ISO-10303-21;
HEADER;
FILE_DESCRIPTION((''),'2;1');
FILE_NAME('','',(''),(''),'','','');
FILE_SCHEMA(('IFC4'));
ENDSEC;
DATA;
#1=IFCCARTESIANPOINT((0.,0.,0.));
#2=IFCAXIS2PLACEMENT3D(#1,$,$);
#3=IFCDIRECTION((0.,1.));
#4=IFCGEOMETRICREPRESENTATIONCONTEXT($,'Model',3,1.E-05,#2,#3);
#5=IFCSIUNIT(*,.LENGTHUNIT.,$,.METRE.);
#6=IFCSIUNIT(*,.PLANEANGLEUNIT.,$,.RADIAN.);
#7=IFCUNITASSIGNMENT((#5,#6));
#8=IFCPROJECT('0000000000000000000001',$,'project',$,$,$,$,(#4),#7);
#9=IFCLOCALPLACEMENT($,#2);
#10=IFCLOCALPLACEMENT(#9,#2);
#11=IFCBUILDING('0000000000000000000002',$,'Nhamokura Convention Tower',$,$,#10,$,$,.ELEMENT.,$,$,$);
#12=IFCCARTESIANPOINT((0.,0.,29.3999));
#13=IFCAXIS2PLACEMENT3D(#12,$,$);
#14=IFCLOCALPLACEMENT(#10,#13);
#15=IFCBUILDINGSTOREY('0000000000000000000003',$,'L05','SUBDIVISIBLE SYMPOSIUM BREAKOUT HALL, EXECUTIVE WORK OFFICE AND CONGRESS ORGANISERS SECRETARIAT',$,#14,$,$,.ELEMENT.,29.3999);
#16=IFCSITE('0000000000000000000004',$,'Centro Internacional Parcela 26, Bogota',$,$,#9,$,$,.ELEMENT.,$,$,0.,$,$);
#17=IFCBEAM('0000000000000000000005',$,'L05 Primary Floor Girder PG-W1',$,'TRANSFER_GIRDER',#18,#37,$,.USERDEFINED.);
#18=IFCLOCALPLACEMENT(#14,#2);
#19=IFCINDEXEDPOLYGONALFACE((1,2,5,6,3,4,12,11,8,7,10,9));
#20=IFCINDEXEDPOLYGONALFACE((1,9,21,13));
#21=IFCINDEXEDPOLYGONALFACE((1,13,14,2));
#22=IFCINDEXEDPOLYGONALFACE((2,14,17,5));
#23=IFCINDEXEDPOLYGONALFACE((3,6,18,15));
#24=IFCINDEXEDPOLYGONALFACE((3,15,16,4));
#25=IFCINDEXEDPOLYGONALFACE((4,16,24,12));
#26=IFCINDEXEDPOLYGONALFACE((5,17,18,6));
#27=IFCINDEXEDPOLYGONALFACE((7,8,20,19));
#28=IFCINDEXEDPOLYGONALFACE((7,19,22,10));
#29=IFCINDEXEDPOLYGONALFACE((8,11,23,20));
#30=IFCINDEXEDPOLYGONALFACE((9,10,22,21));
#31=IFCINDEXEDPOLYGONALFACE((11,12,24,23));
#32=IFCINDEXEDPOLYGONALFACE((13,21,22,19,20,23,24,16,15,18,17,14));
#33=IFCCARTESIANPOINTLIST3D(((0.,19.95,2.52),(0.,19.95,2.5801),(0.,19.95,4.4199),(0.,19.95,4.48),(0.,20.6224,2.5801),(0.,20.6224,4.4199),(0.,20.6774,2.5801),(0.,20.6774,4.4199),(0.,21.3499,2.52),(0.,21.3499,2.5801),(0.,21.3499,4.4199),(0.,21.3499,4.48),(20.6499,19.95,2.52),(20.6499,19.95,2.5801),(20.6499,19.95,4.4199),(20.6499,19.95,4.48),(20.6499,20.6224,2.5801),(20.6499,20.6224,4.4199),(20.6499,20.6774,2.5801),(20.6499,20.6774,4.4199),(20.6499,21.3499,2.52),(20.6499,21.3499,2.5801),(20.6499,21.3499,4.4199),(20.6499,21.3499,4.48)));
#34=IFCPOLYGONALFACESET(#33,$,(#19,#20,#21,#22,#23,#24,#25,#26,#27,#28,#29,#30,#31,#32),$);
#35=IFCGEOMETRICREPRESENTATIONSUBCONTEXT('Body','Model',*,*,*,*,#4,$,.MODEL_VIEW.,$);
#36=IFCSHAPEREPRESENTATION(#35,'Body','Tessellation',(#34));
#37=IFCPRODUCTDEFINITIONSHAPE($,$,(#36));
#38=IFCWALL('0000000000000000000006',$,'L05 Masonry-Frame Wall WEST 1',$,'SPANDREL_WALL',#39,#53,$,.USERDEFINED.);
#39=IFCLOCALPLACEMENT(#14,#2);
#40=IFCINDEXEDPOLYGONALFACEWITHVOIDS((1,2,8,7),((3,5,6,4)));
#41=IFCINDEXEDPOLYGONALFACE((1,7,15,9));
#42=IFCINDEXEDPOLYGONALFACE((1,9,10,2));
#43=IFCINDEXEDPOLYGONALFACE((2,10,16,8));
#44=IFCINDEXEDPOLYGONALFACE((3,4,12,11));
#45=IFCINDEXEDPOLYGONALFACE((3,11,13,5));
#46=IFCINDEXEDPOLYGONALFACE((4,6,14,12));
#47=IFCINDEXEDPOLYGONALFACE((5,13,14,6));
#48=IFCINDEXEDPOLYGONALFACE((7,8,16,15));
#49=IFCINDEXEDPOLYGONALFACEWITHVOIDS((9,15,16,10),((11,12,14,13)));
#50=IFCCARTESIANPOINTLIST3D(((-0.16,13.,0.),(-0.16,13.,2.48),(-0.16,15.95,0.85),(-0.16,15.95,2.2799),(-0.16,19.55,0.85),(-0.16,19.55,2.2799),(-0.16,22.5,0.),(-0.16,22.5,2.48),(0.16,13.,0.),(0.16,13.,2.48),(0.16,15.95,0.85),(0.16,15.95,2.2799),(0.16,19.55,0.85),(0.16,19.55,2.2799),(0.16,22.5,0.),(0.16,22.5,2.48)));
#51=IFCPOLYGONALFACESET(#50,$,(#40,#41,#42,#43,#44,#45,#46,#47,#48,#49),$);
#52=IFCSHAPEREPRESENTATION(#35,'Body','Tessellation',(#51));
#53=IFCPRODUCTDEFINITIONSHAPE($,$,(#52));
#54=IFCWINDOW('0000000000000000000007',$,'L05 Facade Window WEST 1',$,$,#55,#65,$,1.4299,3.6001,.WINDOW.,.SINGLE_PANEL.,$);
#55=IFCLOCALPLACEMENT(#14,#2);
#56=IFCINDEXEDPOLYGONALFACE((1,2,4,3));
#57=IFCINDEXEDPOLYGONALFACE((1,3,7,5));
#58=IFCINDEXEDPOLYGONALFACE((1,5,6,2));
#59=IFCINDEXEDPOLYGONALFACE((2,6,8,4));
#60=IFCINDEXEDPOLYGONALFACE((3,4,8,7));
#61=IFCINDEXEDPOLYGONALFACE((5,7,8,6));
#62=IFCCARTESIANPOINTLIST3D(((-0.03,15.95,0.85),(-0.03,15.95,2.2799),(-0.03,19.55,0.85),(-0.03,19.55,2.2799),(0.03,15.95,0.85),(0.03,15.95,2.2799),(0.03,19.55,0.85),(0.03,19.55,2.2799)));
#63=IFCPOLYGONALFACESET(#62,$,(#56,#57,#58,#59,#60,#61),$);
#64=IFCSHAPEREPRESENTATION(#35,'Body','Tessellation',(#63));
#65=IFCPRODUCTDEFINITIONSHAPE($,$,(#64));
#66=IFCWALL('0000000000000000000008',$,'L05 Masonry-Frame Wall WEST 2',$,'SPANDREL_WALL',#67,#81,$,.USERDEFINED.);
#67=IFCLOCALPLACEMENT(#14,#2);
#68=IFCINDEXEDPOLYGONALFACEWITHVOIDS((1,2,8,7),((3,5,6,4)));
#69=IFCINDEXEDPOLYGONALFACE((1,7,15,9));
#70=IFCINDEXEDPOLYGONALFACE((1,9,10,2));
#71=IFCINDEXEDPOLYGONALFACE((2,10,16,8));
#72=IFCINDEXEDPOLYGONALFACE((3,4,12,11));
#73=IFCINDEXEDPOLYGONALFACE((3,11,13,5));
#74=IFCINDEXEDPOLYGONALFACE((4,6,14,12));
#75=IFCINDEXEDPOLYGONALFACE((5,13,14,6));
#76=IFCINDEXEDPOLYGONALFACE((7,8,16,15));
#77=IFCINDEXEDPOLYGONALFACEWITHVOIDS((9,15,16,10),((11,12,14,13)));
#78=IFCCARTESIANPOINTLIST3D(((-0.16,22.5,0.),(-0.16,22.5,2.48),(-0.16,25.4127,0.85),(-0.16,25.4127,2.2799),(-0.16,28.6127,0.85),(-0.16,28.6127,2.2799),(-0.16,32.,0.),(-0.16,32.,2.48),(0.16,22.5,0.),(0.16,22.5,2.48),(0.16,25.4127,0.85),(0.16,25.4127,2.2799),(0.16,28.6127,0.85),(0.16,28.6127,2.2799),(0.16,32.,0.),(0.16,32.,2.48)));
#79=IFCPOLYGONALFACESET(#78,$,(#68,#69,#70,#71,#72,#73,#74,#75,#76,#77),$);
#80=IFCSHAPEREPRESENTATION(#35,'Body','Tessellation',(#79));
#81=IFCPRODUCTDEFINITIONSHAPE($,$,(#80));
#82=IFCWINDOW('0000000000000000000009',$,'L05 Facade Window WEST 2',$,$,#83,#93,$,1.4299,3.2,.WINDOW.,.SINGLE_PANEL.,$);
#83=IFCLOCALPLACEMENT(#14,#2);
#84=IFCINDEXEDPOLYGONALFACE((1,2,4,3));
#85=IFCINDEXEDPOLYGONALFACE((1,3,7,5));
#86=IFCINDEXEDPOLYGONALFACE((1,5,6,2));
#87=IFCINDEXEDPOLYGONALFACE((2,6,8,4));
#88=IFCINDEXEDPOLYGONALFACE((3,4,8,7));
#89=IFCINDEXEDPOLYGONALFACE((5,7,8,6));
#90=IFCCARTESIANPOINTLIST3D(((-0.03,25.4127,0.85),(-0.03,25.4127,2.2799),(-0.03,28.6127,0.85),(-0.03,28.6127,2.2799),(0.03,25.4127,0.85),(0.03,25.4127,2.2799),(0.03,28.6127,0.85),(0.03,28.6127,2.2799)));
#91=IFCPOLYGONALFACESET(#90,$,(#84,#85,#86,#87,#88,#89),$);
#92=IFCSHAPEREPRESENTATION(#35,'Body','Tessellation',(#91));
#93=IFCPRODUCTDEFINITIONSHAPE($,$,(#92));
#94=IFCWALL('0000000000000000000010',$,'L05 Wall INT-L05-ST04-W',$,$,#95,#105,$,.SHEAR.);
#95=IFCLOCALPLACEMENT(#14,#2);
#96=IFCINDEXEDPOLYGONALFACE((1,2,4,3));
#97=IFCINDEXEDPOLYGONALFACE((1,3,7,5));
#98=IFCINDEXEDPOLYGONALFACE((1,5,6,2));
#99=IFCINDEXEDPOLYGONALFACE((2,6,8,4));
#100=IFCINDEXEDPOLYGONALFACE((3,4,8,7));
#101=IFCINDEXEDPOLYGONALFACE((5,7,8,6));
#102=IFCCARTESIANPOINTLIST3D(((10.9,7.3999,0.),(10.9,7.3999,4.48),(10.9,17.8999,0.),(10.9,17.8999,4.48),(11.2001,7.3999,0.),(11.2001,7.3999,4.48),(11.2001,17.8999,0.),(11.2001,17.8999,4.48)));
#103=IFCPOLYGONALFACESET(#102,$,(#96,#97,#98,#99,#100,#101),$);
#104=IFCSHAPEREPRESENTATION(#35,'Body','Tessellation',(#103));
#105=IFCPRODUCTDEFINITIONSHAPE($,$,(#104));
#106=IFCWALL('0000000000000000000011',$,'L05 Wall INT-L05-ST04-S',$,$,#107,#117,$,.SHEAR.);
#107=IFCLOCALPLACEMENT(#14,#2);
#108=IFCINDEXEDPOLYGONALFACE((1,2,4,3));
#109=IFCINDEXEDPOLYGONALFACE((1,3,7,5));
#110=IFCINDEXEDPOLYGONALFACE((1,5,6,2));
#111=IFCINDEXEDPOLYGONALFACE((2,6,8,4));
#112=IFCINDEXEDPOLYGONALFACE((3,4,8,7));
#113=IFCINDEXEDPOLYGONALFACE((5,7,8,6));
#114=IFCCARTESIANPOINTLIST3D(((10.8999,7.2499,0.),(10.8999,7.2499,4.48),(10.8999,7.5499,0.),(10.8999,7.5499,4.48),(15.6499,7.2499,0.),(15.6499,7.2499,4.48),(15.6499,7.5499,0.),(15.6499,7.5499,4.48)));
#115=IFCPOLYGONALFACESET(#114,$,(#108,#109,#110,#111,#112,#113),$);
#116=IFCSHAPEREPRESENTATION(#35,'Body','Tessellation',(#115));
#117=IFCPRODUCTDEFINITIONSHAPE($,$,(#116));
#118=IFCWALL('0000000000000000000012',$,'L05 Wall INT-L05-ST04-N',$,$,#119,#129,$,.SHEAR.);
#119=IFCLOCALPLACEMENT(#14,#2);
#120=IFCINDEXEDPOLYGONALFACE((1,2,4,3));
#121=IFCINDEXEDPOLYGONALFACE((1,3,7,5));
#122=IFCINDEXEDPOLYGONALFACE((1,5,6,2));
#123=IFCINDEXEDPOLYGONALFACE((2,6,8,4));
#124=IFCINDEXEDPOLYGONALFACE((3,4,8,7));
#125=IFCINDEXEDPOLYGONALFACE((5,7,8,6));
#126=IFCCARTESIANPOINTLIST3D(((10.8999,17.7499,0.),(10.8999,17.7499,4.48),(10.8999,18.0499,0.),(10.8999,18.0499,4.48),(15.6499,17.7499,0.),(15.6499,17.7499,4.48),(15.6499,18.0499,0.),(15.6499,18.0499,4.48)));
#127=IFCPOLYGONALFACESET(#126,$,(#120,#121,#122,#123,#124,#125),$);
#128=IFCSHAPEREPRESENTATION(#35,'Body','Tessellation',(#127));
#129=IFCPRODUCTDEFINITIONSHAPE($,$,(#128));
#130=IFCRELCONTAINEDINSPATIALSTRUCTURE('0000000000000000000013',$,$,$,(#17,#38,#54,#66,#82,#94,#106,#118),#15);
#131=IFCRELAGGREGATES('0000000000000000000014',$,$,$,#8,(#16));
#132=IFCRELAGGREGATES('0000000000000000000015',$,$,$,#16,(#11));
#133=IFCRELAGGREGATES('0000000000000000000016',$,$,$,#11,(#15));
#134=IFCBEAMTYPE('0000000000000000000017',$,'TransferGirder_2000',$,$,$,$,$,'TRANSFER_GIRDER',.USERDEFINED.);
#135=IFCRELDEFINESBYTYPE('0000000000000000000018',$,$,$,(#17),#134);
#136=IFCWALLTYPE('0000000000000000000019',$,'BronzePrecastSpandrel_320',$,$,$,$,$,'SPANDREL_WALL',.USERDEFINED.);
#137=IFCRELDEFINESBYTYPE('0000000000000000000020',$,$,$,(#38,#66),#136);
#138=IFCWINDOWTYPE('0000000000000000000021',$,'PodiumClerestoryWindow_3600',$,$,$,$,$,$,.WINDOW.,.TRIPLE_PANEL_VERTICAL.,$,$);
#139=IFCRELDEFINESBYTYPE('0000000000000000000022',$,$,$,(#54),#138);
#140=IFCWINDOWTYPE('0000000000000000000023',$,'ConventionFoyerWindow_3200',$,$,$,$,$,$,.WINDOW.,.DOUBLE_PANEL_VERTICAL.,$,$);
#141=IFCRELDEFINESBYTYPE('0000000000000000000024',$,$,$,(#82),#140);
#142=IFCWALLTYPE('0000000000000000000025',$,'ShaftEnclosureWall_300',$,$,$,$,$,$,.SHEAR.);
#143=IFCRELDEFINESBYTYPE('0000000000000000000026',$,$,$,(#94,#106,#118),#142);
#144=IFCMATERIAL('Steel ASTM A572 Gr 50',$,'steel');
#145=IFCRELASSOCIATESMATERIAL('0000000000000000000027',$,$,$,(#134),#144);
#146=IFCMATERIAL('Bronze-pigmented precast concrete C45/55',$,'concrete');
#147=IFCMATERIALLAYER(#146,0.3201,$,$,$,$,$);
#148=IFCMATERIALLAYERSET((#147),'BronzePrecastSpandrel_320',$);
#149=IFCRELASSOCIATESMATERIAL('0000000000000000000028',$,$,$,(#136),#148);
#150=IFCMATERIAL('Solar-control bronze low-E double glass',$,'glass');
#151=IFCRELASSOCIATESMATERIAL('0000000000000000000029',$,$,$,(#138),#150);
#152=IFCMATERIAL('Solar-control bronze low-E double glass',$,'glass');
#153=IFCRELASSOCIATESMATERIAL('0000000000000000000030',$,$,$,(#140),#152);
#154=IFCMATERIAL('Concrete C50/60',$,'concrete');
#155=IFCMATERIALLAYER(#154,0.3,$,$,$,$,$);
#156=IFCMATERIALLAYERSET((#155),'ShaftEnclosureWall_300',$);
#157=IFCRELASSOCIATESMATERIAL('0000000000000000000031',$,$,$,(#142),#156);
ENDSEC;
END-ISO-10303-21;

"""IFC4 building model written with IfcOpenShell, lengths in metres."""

from ifc_helpers import new_model, si_unit, direction, frame, frame_2d, origin, origin_2d, place, context, subcontext, project, spatial, rectangle, i_section, extrude, material, layer, layer_set, material_profile, profile_set, type_object, element, fill, save


model = new_model("IFC4")

# Units and contexts
model_context = context("Model", 3, precision=1e-05, world=origin(), true_north=direction((0.0, 1.0)))
body_context = subcontext(model_context, "Body", "Model", "MODEL_VIEW")
ifc_project = project(units=[si_unit("LENGTHUNIT", "METRE"), si_unit("PLANEANGLEUNIT", "RADIAN")], contexts=[model_context])

# Site, building, storey
site_placement = place(None, origin())
site = spatial("IfcSite", under=ifc_project, at=site_placement, Name="Centro Internacional Parcela 26, Bogota", CompositionType="ELEMENT", RefElevation=0.0)
building_placement = place(site_placement, origin())
building = spatial("IfcBuilding", under=site, at=building_placement, Name="Nhamokura Convention Tower", CompositionType="ELEMENT")
storey_placement = place(building_placement, frame((0.0, 0.0, 29.3999)))
storey = spatial("IfcBuildingStorey", under=building, at=storey_placement, Name="L05", Description="SUBDIVISIBLE SYMPOSIUM BREAKOUT HALL, EXECUTIVE WORK OFFICE AND CONGRESS ORGANISERS SECRETARIAT", CompositionType="ELEMENT", Elevation=29.3999)

# Beam
ifc_material_1 = material(Name="Steel ASTM A572 Gr 50", Category="steel")
ifc_material_profile_1 = material_profile(ifc_material_1, i_section(OverallWidth=1.3999, OverallDepth=1.96, WebThickness=0.0549, FlangeThickness=0.0601, at=origin_2d()))
ifc_profile_set_1 = profile_set([ifc_material_profile_1], Name="Steel ASTM A572 Gr 50")
beam_type_1 = type_object("IfcBeamType", Name="TransferGirder_2000", ElementType="TRANSFER_GIRDER", PredefinedType="USERDEFINED", material=ifc_profile_set_1)
beam_1_placement = place(storey_placement, frame((0.0, 20.6499, 3.5), z_axis=(1.0, 0.0, 0.0), x_axis=(0.0, 1.0, 0.0)))
element("IfcBeam", 1, at=beam_1_placement, inside=storey, type_object=beam_type_1, Name="L05 Primary Floor Girder PG-W1", ObjectType="TRANSFER_GIRDER", PredefinedType="USERDEFINED", context=body_context, shape_type="SweptSolid", body=[
    extrude(i_section(OverallWidth=1.3999, OverallDepth=1.96, WebThickness=0.0549, FlangeThickness=0.0601, at=origin_2d()), origin(), (0.0, 0.0, 1.0), 20.6499),
])

# Walls, openings, windows
ifc_material_2 = material(Name="Bronze-pigmented precast concrete C45/55", Category="concrete")
ifc_layer_1 = layer(ifc_material_2, 0.3201)
ifc_layer_set_1 = layer_set([ifc_layer_1], Name="BronzePrecastSpandrel_320")
wall_type_1 = type_object("IfcWallType", Name="BronzePrecastSpandrel_320", ElementType="SPANDREL_WALL", PredefinedType="USERDEFINED", material=ifc_layer_set_1)
wall_1_placement = place(storey_placement, frame((0.0, 13.0, 0.0), z_axis=(0.0, 0.0, 1.0), x_axis=(0.0, 1.0, 0.0)))
wall_1 = element("IfcWall", 2, at=wall_1_placement, inside=storey, type_object=wall_type_1, Name="L05 Masonry-Frame Wall WEST 1", ObjectType="SPANDREL_WALL", PredefinedType="USERDEFINED", context=body_context, shape_type="SweptSolid", body=[
    extrude(rectangle(XDim=9.5, YDim=0.3201, at=frame_2d((4.75, 0.0))), origin(), (0.0, 0.0, 1.0), 2.48),
])
opening_1_placement = place(wall_1_placement, frame((2.95, 0.0, 0.8501)))
opening_1 = element("IfcOpeningElement", 3, at=opening_1_placement, cuts=wall_1, PredefinedType="OPENING", context=body_context, shape_type="SweptSolid", body=[
    extrude(rectangle(XDim=3.6001, YDim=1.4299, at=frame_2d((1.8, 0.7148))), frame((0.0, 0.1699, 0.0), z_axis=(0.0, -1.0, 0.0), x_axis=(1.0, 0.0, 0.0)), (0.0, 0.0, 1.0), 0.3401),
])
ifc_material_3 = material(Name="Solar-control bronze low-E double glass", Category="glass")
window_type_1 = type_object("IfcWindowType", Name="PodiumClerestoryWindow_3600", PartitioningType="TRIPLE_PANEL_VERTICAL", PredefinedType="WINDOW", material=ifc_material_3)
window_1_placement = place(opening_1_placement, origin())
window_1 = element("IfcWindow", 4, at=window_1_placement, inside=storey, type_object=window_type_1, Name="L05 Facade Window WEST 1", OverallHeight=1.4299, OverallWidth=3.6001, PartitioningType="SINGLE_PANEL", PredefinedType="WINDOW", context=body_context, shape_type="SweptSolid", body=[
    extrude(rectangle(XDim=3.6001, YDim=1.4299, at=frame_2d((1.8, 0.7148))), frame((0.0, 0.03, 0.0), z_axis=(0.0, -1.0, 0.0), x_axis=(1.0, 0.0, 0.0)), (0.0, 0.0, 1.0), 0.0601),
])
fill(opening_1, window_1)
wall_2_placement = place(storey_placement, frame((0.0, 22.5, 0.0), z_axis=(0.0, 0.0, 1.0), x_axis=(0.0, 1.0, 0.0)))
wall_2 = element("IfcWall", 5, at=wall_2_placement, inside=storey, type_object=wall_type_1, Name="L05 Masonry-Frame Wall WEST 2", ObjectType="SPANDREL_WALL", PredefinedType="USERDEFINED", context=body_context, shape_type="SweptSolid", body=[
    extrude(rectangle(XDim=9.5, YDim=0.3201, at=frame_2d((4.75, 0.0))), origin(), (0.0, 0.0, 1.0), 2.48),
])
opening_2_placement = place(wall_2_placement, frame((2.9126, 0.0, 0.8501)))
opening_2 = element("IfcOpeningElement", 6, at=opening_2_placement, cuts=wall_2, PredefinedType="OPENING", context=body_context, shape_type="SweptSolid", body=[
    extrude(rectangle(XDim=3.2, YDim=1.4299, at=frame_2d((1.6001, 0.7148))), frame((0.0, 0.1699, 0.0), z_axis=(0.0, -1.0, 0.0), x_axis=(1.0, 0.0, 0.0)), (0.0, 0.0, 1.0), 0.3401),
])
ifc_material_4 = material(Name="Solar-control bronze low-E double glass", Category="glass")
window_type_2 = type_object("IfcWindowType", Name="ConventionFoyerWindow_3200", PartitioningType="DOUBLE_PANEL_VERTICAL", PredefinedType="WINDOW", material=ifc_material_4)
window_2_placement = place(opening_2_placement, origin())
window_2 = element("IfcWindow", 7, at=window_2_placement, inside=storey, type_object=window_type_2, Name="L05 Facade Window WEST 2", OverallHeight=1.4299, OverallWidth=3.2, PartitioningType="SINGLE_PANEL", PredefinedType="WINDOW", context=body_context, shape_type="SweptSolid", body=[
    extrude(rectangle(XDim=3.2, YDim=1.4299, at=frame_2d((1.6001, 0.7148))), frame((0.0, 0.03, 0.0), z_axis=(0.0, -1.0, 0.0), x_axis=(1.0, 0.0, 0.0)), (0.0, 0.0, 1.0), 0.0601),
])
fill(opening_2, window_2)

# Walls
ifc_material_5 = material(Name="Concrete C50/60", Category="concrete")
ifc_layer_2 = layer(ifc_material_5, 0.3)
ifc_layer_set_2 = layer_set([ifc_layer_2], Name="ShaftEnclosureWall_300")
wall_type_2 = type_object("IfcWallType", Name="ShaftEnclosureWall_300", PredefinedType="SHEAR", material=ifc_layer_set_2)
wall_3_placement = place(storey_placement, frame((11.05, 7.3999, 0.0), z_axis=(0.0, 0.0, 1.0), x_axis=(0.0, 1.0, 0.0)))
element("IfcWall", 8, at=wall_3_placement, inside=storey, type_object=wall_type_2, Name="L05 Wall INT-L05-ST04-W", PredefinedType="SHEAR", context=body_context, shape_type="SweptSolid", body=[
    extrude(rectangle(XDim=10.5, YDim=0.3, at=frame_2d((5.25, 0.0))), origin(), (0.0, 0.0, 1.0), 4.48),
])
for number, where, z_axis, x_axis, name in (
    (9, (10.8999, 7.3999, 0.0), (0.0, 0.0, 1.0), (1.0, 0.0, 0.0), "L05 Wall INT-L05-ST04-S"),
    (10, (10.8999, 17.8999, 0.0), (0.0, 0.0, 1.0), (1.0, 0.0, 0.0), "L05 Wall INT-L05-ST04-N"),
):
    element("IfcWall", number, at=place(storey_placement, frame(where, z_axis=z_axis, x_axis=x_axis)), inside=storey, type_object=wall_type_2, Name=name, PredefinedType="SHEAR", context=body_context, shape_type="SweptSolid", body=[
        extrude(rectangle(XDim=4.75, YDim=0.3, at=frame_2d((2.375, 0.0))), origin(), (0.0, 0.0, 1.0), 4.48),
    ])

save(model, "model.ifc")
